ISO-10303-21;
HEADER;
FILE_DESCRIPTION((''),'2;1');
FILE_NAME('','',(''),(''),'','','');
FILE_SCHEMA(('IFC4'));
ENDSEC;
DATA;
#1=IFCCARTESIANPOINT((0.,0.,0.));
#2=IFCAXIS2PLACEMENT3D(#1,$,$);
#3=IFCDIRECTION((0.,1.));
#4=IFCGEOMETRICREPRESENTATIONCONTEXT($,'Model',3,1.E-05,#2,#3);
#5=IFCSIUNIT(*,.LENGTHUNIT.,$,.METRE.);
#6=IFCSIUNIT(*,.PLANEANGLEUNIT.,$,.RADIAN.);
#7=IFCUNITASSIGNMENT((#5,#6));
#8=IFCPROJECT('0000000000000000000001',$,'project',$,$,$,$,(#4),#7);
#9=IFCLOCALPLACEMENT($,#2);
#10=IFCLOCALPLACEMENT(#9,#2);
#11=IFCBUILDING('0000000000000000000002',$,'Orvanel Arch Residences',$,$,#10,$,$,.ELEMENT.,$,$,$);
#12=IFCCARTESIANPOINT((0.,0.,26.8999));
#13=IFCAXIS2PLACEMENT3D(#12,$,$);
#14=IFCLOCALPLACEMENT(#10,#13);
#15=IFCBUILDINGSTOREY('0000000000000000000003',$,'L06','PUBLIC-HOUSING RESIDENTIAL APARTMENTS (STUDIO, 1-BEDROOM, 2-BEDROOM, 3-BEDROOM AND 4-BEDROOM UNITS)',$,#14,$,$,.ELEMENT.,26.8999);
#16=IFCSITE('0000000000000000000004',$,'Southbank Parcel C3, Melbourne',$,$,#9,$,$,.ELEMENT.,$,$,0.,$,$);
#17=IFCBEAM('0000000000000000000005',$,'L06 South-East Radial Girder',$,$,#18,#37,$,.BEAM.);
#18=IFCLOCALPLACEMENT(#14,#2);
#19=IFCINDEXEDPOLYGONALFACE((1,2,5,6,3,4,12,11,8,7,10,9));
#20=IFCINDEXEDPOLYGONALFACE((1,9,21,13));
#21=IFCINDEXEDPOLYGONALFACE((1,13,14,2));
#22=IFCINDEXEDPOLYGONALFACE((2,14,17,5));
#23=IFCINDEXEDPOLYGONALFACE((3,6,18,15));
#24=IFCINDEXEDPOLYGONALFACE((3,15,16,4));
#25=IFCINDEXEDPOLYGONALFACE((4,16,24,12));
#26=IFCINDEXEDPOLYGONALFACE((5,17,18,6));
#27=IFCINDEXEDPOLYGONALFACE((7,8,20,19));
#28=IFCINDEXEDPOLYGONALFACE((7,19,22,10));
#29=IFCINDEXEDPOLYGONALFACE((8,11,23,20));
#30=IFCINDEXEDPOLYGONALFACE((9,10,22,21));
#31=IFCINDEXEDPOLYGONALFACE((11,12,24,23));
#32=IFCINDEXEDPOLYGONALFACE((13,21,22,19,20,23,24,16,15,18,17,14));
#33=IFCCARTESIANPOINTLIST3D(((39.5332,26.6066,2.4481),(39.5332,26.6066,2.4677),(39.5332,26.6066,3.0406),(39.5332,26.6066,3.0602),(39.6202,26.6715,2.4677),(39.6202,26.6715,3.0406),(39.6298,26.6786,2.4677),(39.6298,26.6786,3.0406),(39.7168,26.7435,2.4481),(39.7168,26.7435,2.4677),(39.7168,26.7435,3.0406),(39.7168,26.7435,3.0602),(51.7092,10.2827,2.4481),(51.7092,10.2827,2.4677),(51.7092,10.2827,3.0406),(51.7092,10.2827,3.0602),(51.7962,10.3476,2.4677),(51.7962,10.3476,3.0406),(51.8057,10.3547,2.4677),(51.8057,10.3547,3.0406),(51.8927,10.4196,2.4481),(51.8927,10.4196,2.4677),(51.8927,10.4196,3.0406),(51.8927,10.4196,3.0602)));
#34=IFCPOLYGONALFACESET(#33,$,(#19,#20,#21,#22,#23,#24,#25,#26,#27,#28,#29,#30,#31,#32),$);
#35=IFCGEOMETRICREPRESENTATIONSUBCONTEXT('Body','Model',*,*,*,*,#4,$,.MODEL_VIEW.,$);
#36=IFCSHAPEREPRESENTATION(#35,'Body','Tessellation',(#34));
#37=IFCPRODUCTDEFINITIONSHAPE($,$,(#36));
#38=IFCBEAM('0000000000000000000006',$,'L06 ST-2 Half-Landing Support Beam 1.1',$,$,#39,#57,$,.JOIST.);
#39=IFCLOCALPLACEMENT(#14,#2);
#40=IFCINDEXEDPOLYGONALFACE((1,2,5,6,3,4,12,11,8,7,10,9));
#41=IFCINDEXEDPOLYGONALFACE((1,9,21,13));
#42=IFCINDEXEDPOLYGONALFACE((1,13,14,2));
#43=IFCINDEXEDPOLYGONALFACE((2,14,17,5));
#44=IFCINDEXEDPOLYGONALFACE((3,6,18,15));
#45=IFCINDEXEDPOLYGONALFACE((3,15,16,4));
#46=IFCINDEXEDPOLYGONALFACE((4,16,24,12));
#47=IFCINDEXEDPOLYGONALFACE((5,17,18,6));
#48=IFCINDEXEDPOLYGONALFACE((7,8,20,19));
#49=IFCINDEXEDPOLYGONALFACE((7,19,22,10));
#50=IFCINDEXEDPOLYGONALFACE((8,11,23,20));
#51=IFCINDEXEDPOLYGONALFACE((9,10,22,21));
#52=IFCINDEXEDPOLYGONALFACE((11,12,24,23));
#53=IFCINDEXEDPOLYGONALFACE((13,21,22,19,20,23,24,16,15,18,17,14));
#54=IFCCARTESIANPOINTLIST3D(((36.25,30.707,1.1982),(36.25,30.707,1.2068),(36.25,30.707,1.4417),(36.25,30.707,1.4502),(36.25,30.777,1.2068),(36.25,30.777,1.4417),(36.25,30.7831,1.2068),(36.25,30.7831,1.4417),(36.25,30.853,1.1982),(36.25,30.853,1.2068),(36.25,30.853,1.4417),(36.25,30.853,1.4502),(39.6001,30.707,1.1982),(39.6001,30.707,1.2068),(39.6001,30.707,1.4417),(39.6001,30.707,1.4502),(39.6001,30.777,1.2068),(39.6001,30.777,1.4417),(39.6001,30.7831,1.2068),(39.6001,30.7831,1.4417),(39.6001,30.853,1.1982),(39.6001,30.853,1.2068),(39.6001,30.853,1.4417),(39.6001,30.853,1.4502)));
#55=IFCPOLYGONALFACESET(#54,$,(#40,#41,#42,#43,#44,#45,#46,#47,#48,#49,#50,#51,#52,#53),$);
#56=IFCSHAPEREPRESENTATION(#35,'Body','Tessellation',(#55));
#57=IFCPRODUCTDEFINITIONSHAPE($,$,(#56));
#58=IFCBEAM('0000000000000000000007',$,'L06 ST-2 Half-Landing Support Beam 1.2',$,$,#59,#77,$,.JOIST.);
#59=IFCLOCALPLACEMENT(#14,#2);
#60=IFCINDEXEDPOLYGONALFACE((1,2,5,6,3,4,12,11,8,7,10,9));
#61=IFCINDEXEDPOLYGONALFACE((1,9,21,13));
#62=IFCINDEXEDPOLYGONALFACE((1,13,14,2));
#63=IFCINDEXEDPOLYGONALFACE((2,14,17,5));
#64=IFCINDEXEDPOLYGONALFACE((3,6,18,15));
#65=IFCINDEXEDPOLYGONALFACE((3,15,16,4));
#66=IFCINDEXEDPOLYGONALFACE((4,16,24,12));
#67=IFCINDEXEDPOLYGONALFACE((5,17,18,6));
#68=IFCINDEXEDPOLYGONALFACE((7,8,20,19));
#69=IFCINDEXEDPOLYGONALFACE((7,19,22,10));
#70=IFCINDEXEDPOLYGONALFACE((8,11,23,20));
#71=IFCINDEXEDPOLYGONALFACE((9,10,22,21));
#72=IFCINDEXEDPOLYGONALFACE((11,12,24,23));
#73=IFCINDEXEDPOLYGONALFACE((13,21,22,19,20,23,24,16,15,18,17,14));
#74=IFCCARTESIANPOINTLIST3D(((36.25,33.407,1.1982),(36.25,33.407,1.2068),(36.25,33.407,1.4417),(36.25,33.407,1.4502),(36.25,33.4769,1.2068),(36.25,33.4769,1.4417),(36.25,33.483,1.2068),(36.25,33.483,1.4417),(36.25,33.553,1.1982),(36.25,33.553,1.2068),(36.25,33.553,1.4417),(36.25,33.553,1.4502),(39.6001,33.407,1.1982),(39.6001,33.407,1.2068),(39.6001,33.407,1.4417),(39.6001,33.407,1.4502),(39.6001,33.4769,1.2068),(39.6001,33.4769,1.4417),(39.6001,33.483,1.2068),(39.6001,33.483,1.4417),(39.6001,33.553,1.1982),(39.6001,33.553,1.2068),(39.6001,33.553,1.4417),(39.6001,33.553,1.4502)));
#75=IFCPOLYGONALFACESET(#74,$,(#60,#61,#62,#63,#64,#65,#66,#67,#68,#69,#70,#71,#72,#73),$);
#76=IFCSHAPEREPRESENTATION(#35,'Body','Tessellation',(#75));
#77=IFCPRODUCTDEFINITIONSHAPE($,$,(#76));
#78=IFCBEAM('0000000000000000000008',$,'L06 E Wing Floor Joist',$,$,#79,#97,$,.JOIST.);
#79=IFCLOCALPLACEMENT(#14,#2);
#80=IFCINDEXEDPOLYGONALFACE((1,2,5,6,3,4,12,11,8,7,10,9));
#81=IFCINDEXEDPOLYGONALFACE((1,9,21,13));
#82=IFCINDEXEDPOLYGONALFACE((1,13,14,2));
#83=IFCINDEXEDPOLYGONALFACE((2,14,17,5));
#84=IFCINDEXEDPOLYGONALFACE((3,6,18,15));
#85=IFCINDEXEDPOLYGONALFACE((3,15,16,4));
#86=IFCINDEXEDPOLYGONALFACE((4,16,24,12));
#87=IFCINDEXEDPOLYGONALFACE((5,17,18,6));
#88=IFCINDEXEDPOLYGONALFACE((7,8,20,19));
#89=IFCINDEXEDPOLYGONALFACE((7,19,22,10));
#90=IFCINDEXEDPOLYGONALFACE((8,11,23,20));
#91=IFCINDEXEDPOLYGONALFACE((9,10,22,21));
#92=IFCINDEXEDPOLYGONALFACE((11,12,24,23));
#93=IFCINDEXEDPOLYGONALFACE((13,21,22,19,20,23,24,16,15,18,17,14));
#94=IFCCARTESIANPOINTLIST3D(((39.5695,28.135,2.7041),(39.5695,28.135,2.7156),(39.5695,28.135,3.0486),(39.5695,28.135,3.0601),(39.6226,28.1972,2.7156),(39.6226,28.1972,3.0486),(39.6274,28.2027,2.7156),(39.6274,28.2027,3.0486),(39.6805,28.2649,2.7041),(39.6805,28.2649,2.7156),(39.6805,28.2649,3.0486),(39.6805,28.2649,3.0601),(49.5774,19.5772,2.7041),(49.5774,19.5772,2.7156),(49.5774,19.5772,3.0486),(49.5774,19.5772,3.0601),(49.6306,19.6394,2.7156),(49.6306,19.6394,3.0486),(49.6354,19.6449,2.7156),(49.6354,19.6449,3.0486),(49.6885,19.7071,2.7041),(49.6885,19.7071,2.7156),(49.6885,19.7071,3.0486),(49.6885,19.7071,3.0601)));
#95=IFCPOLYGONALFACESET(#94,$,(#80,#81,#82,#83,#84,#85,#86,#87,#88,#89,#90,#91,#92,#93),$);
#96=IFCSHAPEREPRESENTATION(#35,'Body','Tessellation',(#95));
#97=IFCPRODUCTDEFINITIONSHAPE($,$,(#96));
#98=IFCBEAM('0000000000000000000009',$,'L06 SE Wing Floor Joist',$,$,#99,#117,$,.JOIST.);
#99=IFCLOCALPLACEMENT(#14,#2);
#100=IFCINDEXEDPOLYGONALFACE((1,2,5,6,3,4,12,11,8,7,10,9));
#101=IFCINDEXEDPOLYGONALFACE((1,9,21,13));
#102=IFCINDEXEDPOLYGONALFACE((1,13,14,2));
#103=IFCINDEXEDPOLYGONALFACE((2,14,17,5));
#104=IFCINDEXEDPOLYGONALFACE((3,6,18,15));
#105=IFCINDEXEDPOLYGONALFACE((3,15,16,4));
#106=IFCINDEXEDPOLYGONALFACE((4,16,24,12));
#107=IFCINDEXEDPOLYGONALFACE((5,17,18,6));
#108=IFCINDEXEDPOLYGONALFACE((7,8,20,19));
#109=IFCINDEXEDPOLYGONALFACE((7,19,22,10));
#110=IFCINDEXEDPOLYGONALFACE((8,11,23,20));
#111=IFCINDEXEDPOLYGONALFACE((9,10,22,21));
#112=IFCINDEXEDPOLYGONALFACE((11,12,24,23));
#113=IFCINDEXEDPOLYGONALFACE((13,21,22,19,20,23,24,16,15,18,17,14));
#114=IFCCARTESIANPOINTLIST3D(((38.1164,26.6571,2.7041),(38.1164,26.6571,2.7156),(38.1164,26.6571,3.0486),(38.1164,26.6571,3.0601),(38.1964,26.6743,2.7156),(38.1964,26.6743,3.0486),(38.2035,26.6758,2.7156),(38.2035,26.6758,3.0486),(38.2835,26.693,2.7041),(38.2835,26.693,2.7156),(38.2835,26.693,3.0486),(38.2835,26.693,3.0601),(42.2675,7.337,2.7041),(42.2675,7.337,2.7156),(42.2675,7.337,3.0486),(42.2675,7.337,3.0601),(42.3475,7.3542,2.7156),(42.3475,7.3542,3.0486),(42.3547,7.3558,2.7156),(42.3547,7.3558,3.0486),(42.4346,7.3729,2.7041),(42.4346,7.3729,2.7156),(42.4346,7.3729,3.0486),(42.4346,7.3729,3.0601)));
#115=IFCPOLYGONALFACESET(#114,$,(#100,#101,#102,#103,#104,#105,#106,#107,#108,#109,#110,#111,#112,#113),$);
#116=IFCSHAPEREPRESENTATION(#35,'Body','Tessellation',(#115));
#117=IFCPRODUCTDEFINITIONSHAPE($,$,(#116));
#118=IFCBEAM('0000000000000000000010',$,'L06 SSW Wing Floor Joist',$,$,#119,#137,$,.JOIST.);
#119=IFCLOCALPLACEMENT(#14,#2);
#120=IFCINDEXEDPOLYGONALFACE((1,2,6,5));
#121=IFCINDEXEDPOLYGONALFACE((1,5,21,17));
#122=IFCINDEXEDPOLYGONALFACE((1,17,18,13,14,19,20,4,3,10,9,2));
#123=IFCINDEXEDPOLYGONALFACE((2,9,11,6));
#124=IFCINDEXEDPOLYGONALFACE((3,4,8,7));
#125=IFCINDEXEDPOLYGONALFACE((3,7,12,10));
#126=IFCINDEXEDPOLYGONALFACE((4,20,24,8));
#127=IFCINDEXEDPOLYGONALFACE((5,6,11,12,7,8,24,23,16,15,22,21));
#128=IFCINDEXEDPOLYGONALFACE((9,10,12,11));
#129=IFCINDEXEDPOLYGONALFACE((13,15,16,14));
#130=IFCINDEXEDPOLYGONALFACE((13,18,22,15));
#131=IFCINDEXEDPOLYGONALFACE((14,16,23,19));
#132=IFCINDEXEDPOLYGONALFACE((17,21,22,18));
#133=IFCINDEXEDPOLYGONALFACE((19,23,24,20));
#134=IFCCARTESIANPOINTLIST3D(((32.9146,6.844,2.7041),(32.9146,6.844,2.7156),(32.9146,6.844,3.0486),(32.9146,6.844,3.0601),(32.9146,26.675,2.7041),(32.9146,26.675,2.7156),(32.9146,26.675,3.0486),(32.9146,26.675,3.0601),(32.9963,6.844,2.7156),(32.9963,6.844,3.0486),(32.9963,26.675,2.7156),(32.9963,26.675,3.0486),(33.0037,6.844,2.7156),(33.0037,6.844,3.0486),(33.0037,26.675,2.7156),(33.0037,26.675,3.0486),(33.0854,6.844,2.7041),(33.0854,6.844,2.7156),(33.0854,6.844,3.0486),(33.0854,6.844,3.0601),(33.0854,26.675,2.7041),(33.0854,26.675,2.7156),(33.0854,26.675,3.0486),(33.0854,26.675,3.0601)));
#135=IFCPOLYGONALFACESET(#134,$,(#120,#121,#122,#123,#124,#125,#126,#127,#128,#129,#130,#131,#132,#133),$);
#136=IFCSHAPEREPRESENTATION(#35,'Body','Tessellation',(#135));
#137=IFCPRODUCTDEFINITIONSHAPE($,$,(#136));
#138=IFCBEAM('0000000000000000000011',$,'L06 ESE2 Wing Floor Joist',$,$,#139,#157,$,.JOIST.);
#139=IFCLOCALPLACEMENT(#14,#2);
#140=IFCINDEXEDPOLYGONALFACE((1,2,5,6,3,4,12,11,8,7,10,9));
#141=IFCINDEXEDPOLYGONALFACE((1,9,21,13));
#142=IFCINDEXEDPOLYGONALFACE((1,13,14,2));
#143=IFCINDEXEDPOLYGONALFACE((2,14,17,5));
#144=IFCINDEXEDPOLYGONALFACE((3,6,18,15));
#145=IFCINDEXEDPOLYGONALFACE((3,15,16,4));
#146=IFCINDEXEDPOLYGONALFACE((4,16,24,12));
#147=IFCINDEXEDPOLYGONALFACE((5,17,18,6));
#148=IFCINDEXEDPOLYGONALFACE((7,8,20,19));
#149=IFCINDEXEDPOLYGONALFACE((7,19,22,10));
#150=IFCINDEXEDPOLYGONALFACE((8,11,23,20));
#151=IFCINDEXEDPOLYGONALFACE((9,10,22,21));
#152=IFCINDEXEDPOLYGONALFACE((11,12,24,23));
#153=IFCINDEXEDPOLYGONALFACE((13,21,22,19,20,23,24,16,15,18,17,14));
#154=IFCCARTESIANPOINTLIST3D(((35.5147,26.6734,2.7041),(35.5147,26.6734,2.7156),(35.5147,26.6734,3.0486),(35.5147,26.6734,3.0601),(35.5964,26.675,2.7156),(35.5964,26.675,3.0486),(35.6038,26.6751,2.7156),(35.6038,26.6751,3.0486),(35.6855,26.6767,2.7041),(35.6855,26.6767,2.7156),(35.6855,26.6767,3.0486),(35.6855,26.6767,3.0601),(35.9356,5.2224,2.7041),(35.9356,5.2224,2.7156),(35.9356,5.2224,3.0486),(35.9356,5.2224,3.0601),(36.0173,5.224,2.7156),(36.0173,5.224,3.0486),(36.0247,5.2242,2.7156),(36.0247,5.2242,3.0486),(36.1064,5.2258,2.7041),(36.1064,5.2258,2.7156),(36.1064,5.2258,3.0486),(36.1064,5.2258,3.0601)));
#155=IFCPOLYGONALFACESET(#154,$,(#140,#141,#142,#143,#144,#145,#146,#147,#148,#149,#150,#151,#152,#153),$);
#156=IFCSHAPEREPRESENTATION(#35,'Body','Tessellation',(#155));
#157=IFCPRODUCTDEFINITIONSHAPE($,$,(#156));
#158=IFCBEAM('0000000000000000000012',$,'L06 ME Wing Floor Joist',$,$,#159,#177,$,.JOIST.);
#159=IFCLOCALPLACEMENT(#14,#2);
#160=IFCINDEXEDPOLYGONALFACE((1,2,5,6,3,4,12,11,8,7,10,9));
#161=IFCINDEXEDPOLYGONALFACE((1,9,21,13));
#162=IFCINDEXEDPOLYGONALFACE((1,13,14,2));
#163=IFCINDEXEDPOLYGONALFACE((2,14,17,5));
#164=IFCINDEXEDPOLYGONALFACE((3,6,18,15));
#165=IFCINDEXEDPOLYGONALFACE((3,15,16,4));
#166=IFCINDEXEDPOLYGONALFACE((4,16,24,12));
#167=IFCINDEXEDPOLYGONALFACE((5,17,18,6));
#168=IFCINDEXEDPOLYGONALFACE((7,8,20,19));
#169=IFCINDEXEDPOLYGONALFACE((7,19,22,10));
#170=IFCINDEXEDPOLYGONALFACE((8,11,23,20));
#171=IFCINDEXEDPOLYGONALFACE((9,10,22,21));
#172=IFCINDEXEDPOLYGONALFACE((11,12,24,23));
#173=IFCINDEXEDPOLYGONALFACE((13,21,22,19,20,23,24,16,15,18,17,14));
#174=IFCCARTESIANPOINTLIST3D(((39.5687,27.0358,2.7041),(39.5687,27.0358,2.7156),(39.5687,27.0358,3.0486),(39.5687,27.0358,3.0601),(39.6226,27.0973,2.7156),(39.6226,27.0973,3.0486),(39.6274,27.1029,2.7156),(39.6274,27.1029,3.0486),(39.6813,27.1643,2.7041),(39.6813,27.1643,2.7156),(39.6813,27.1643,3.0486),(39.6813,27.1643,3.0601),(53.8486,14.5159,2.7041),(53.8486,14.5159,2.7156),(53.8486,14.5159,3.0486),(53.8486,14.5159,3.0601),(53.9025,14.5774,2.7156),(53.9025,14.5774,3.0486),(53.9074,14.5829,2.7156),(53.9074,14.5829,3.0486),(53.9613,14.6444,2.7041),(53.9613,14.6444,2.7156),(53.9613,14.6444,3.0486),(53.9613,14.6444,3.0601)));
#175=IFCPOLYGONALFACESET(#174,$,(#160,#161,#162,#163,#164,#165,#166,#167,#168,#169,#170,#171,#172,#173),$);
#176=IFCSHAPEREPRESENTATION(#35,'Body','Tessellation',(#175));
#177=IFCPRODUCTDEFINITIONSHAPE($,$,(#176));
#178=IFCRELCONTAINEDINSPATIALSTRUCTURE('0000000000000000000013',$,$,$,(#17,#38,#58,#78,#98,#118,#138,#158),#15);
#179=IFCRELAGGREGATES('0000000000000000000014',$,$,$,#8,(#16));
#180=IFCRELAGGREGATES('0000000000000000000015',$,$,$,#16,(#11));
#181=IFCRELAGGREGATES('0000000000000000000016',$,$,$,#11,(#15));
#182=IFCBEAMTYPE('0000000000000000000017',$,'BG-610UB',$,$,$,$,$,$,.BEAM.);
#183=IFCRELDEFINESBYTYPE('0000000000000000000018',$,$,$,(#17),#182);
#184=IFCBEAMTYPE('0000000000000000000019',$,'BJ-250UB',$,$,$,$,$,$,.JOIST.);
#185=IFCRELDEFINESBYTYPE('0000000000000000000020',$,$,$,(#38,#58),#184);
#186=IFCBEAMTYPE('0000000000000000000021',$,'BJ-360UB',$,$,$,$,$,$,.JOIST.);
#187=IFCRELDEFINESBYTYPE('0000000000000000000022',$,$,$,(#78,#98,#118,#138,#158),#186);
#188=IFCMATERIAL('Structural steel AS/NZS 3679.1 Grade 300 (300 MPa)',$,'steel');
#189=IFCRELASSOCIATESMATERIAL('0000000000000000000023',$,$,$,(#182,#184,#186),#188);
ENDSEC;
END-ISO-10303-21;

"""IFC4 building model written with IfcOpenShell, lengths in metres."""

from ifc_helpers import new_model, si_unit, direction, frame, origin, origin_2d, place, context, subcontext, project, spatial, i_section, extrude, material, material_profile, profile_set, type_object, element, save


model = new_model("IFC4")

# Units and contexts
model_context = context("Model", 3, precision=1e-05, world=origin(), true_north=direction((0.0, 1.0)))
body_context = subcontext(model_context, "Body", "Model", "MODEL_VIEW")
ifc_project = project(units=[si_unit("LENGTHUNIT", "METRE"), si_unit("PLANEANGLEUNIT", "RADIAN")], contexts=[model_context])

# Site, building, storey
site_placement = place(None, origin())
site = spatial("IfcSite", under=ifc_project, at=site_placement, Name="Southbank Parcel C3, Melbourne", CompositionType="ELEMENT", RefElevation=0.0)
building_placement = place(site_placement, origin())
building = spatial("IfcBuilding", under=site, at=building_placement, Name="Orvanel Arch Residences", CompositionType="ELEMENT")
storey_placement = place(building_placement, frame((0.0, 0.0, 26.8999)))
storey = spatial("IfcBuildingStorey", under=building, at=storey_placement, Name="L06", Description="PUBLIC-HOUSING RESIDENTIAL APARTMENTS (STUDIO, 1-BEDROOM, 2-BEDROOM, 3-BEDROOM AND 4-BEDROOM UNITS)", CompositionType="ELEMENT", Elevation=26.8999)

# Beams
ifc_material_1 = material(Name="Structural steel AS/NZS 3679.1 Grade 300 (300 MPa)", Category="steel")
ifc_material_profile_1 = material_profile(ifc_material_1, i_section(OverallWidth=0.229, OverallDepth=0.6121, WebThickness=0.012, FlangeThickness=0.0195, at=origin_2d()), Name="610UB125")
ifc_profile_set_1 = profile_set([ifc_material_profile_1], Name="Structural steel AS/NZS 3679.1 Grade 300 (300 MPa)")
beam_type_1 = type_object("IfcBeamType", Name="BG-610UB", PredefinedType="BEAM", material=ifc_profile_set_1)
beam_1_placement = place(storey_placement, frame((39.625, 26.675, 2.7542), z_axis=(0.597894, -0.801575, 0.0), x_axis=(0.801575, 0.597894, 0.0)))
element("IfcBeam", 1, at=beam_1_placement, inside=storey, type_object=beam_type_1, Name="L06 South-East Radial Girder", PredefinedType="BEAM", context=body_context, shape_type="SweptSolid", body=[
    extrude(i_section(OverallWidth=0.229, OverallDepth=0.6121, WebThickness=0.012, FlangeThickness=0.0195, at=origin_2d()), origin(), (0.0, 0.0, 1.0), 20.3647),
])
ifc_material_profile_2 = material_profile(ifc_material_1, i_section(OverallWidth=0.146, OverallDepth=0.252, WebThickness=0.0061, FlangeThickness=0.0085, at=origin_2d()), Name="250UB31.4")
ifc_profile_set_2 = profile_set([ifc_material_profile_2], Name="Structural steel AS/NZS 3679.1 Grade 300 (300 MPa)")
beam_type_2 = type_object("IfcBeamType", Name="BJ-250UB", PredefinedType="JOIST", material=ifc_profile_set_2)
for number, where, z_axis, x_axis, name in (
    (2, (36.25, 30.78, 1.3242), (1.0, 0.0, 0.0), (0.0, 1.0, 0.0), "L06 ST-2 Half-Landing Support Beam 1.1"),
    (3, (36.25, 33.48, 1.3242), (1.0, 0.0, 0.0), (0.0, 1.0, 0.0), "L06 ST-2 Half-Landing Support Beam 1.2"),
):
    element("IfcBeam", number, at=place(storey_placement, frame(where, z_axis=z_axis, x_axis=x_axis)), inside=storey, type_object=beam_type_2, Name=name, PredefinedType="JOIST", context=body_context, shape_type="SweptSolid", body=[
        extrude(i_section(OverallWidth=0.146, OverallDepth=0.252, WebThickness=0.0061, FlangeThickness=0.0085, at=origin_2d()), origin(), (0.0, 0.0, 1.0), 3.3501),
    ])
ifc_material_profile_3 = material_profile(ifc_material_1, i_section(OverallWidth=0.1709, OverallDepth=0.356, WebThickness=0.0073, FlangeThickness=0.0115, at=origin_2d()), Name="360UB50.7")
ifc_profile_set_3 = profile_set([ifc_material_profile_3], Name="Structural steel AS/NZS 3679.1 Grade 300 (300 MPa)")
beam_type_3 = type_object("IfcBeamType", Name="BJ-360UB", PredefinedType="JOIST", material=ifc_profile_set_3)
beam_2_placement = place(storey_placement, frame((39.625, 28.2, 2.8821), z_axis=(0.760024, -0.649895, 0.0), x_axis=(0.649895, 0.760024, 0.0)))
element("IfcBeam", 4, at=beam_2_placement, inside=storey, type_object=beam_type_3, Name="L06 E Wing Floor Joist", PredefinedType="JOIST", context=body_context, shape_type="SweptSolid", body=[
    extrude(i_section(OverallWidth=0.1709, OverallDepth=0.356, WebThickness=0.0073, FlangeThickness=0.0115, at=origin_2d()), origin(), (0.0, 0.0, 1.0), 13.168),
])
beam_3_placement = place(storey_placement, frame((38.2, 26.675, 2.8821), z_axis=(0.210067, -0.977687, 0.0), x_axis=(0.977687, 0.210067, 0.0)))
element("IfcBeam", 5, at=beam_3_placement, inside=storey, type_object=beam_type_3, Name="L06 SE Wing Floor Joist", PredefinedType="JOIST", context=body_context, shape_type="SweptSolid", body=[
    extrude(i_section(OverallWidth=0.1709, OverallDepth=0.356, WebThickness=0.0073, FlangeThickness=0.0115, at=origin_2d()), origin(), (0.0, 0.0, 1.0), 19.761),
])
beam_4_placement = place(storey_placement, frame((33.0, 26.675, 2.8821), z_axis=(0.0, -1.0, 0.0), x_axis=(1.0, 0.0, 0.0)))
element("IfcBeam", 6, at=beam_4_placement, inside=storey, type_object=beam_type_3, Name="L06 SSW Wing Floor Joist", PredefinedType="JOIST", context=body_context, shape_type="SweptSolid", body=[
    extrude(i_section(OverallWidth=0.1709, OverallDepth=0.356, WebThickness=0.0073, FlangeThickness=0.0115, at=origin_2d()), origin(), (0.0, 0.0, 1.0), 19.8311),
])
beam_5_placement = place(storey_placement, frame((35.6001, 26.675, 2.8821), z_axis=(0.019618, -0.999808, 0.0), x_axis=(0.999808, 0.019618, 0.0)))
element("IfcBeam", 7, at=beam_5_placement, inside=storey, type_object=beam_type_3, Name="L06 ESE2 Wing Floor Joist", PredefinedType="JOIST", context=body_context, shape_type="SweptSolid", body=[
    extrude(i_section(OverallWidth=0.1709, OverallDepth=0.356, WebThickness=0.0073, FlangeThickness=0.0115, at=origin_2d()), origin(), (0.0, 0.0, 1.0), 21.4551),
])
beam_6_placement = place(storey_placement, frame((39.625, 27.1001, 2.8821), z_axis=(0.751924, -0.65925, 0.0), x_axis=(0.65925, 0.751924, 0.0)))
element("IfcBeam", 8, at=beam_6_placement, inside=storey, type_object=beam_type_3, Name="L06 ME Wing Floor Joist", PredefinedType="JOIST", context=body_context, shape_type="SweptSolid", body=[
    extrude(i_section(OverallWidth=0.1709, OverallDepth=0.356, WebThickness=0.0073, FlangeThickness=0.0115, at=origin_2d()), origin(), (0.0, 0.0, 1.0), 18.9912),
])

save(model, "model.ifc")
